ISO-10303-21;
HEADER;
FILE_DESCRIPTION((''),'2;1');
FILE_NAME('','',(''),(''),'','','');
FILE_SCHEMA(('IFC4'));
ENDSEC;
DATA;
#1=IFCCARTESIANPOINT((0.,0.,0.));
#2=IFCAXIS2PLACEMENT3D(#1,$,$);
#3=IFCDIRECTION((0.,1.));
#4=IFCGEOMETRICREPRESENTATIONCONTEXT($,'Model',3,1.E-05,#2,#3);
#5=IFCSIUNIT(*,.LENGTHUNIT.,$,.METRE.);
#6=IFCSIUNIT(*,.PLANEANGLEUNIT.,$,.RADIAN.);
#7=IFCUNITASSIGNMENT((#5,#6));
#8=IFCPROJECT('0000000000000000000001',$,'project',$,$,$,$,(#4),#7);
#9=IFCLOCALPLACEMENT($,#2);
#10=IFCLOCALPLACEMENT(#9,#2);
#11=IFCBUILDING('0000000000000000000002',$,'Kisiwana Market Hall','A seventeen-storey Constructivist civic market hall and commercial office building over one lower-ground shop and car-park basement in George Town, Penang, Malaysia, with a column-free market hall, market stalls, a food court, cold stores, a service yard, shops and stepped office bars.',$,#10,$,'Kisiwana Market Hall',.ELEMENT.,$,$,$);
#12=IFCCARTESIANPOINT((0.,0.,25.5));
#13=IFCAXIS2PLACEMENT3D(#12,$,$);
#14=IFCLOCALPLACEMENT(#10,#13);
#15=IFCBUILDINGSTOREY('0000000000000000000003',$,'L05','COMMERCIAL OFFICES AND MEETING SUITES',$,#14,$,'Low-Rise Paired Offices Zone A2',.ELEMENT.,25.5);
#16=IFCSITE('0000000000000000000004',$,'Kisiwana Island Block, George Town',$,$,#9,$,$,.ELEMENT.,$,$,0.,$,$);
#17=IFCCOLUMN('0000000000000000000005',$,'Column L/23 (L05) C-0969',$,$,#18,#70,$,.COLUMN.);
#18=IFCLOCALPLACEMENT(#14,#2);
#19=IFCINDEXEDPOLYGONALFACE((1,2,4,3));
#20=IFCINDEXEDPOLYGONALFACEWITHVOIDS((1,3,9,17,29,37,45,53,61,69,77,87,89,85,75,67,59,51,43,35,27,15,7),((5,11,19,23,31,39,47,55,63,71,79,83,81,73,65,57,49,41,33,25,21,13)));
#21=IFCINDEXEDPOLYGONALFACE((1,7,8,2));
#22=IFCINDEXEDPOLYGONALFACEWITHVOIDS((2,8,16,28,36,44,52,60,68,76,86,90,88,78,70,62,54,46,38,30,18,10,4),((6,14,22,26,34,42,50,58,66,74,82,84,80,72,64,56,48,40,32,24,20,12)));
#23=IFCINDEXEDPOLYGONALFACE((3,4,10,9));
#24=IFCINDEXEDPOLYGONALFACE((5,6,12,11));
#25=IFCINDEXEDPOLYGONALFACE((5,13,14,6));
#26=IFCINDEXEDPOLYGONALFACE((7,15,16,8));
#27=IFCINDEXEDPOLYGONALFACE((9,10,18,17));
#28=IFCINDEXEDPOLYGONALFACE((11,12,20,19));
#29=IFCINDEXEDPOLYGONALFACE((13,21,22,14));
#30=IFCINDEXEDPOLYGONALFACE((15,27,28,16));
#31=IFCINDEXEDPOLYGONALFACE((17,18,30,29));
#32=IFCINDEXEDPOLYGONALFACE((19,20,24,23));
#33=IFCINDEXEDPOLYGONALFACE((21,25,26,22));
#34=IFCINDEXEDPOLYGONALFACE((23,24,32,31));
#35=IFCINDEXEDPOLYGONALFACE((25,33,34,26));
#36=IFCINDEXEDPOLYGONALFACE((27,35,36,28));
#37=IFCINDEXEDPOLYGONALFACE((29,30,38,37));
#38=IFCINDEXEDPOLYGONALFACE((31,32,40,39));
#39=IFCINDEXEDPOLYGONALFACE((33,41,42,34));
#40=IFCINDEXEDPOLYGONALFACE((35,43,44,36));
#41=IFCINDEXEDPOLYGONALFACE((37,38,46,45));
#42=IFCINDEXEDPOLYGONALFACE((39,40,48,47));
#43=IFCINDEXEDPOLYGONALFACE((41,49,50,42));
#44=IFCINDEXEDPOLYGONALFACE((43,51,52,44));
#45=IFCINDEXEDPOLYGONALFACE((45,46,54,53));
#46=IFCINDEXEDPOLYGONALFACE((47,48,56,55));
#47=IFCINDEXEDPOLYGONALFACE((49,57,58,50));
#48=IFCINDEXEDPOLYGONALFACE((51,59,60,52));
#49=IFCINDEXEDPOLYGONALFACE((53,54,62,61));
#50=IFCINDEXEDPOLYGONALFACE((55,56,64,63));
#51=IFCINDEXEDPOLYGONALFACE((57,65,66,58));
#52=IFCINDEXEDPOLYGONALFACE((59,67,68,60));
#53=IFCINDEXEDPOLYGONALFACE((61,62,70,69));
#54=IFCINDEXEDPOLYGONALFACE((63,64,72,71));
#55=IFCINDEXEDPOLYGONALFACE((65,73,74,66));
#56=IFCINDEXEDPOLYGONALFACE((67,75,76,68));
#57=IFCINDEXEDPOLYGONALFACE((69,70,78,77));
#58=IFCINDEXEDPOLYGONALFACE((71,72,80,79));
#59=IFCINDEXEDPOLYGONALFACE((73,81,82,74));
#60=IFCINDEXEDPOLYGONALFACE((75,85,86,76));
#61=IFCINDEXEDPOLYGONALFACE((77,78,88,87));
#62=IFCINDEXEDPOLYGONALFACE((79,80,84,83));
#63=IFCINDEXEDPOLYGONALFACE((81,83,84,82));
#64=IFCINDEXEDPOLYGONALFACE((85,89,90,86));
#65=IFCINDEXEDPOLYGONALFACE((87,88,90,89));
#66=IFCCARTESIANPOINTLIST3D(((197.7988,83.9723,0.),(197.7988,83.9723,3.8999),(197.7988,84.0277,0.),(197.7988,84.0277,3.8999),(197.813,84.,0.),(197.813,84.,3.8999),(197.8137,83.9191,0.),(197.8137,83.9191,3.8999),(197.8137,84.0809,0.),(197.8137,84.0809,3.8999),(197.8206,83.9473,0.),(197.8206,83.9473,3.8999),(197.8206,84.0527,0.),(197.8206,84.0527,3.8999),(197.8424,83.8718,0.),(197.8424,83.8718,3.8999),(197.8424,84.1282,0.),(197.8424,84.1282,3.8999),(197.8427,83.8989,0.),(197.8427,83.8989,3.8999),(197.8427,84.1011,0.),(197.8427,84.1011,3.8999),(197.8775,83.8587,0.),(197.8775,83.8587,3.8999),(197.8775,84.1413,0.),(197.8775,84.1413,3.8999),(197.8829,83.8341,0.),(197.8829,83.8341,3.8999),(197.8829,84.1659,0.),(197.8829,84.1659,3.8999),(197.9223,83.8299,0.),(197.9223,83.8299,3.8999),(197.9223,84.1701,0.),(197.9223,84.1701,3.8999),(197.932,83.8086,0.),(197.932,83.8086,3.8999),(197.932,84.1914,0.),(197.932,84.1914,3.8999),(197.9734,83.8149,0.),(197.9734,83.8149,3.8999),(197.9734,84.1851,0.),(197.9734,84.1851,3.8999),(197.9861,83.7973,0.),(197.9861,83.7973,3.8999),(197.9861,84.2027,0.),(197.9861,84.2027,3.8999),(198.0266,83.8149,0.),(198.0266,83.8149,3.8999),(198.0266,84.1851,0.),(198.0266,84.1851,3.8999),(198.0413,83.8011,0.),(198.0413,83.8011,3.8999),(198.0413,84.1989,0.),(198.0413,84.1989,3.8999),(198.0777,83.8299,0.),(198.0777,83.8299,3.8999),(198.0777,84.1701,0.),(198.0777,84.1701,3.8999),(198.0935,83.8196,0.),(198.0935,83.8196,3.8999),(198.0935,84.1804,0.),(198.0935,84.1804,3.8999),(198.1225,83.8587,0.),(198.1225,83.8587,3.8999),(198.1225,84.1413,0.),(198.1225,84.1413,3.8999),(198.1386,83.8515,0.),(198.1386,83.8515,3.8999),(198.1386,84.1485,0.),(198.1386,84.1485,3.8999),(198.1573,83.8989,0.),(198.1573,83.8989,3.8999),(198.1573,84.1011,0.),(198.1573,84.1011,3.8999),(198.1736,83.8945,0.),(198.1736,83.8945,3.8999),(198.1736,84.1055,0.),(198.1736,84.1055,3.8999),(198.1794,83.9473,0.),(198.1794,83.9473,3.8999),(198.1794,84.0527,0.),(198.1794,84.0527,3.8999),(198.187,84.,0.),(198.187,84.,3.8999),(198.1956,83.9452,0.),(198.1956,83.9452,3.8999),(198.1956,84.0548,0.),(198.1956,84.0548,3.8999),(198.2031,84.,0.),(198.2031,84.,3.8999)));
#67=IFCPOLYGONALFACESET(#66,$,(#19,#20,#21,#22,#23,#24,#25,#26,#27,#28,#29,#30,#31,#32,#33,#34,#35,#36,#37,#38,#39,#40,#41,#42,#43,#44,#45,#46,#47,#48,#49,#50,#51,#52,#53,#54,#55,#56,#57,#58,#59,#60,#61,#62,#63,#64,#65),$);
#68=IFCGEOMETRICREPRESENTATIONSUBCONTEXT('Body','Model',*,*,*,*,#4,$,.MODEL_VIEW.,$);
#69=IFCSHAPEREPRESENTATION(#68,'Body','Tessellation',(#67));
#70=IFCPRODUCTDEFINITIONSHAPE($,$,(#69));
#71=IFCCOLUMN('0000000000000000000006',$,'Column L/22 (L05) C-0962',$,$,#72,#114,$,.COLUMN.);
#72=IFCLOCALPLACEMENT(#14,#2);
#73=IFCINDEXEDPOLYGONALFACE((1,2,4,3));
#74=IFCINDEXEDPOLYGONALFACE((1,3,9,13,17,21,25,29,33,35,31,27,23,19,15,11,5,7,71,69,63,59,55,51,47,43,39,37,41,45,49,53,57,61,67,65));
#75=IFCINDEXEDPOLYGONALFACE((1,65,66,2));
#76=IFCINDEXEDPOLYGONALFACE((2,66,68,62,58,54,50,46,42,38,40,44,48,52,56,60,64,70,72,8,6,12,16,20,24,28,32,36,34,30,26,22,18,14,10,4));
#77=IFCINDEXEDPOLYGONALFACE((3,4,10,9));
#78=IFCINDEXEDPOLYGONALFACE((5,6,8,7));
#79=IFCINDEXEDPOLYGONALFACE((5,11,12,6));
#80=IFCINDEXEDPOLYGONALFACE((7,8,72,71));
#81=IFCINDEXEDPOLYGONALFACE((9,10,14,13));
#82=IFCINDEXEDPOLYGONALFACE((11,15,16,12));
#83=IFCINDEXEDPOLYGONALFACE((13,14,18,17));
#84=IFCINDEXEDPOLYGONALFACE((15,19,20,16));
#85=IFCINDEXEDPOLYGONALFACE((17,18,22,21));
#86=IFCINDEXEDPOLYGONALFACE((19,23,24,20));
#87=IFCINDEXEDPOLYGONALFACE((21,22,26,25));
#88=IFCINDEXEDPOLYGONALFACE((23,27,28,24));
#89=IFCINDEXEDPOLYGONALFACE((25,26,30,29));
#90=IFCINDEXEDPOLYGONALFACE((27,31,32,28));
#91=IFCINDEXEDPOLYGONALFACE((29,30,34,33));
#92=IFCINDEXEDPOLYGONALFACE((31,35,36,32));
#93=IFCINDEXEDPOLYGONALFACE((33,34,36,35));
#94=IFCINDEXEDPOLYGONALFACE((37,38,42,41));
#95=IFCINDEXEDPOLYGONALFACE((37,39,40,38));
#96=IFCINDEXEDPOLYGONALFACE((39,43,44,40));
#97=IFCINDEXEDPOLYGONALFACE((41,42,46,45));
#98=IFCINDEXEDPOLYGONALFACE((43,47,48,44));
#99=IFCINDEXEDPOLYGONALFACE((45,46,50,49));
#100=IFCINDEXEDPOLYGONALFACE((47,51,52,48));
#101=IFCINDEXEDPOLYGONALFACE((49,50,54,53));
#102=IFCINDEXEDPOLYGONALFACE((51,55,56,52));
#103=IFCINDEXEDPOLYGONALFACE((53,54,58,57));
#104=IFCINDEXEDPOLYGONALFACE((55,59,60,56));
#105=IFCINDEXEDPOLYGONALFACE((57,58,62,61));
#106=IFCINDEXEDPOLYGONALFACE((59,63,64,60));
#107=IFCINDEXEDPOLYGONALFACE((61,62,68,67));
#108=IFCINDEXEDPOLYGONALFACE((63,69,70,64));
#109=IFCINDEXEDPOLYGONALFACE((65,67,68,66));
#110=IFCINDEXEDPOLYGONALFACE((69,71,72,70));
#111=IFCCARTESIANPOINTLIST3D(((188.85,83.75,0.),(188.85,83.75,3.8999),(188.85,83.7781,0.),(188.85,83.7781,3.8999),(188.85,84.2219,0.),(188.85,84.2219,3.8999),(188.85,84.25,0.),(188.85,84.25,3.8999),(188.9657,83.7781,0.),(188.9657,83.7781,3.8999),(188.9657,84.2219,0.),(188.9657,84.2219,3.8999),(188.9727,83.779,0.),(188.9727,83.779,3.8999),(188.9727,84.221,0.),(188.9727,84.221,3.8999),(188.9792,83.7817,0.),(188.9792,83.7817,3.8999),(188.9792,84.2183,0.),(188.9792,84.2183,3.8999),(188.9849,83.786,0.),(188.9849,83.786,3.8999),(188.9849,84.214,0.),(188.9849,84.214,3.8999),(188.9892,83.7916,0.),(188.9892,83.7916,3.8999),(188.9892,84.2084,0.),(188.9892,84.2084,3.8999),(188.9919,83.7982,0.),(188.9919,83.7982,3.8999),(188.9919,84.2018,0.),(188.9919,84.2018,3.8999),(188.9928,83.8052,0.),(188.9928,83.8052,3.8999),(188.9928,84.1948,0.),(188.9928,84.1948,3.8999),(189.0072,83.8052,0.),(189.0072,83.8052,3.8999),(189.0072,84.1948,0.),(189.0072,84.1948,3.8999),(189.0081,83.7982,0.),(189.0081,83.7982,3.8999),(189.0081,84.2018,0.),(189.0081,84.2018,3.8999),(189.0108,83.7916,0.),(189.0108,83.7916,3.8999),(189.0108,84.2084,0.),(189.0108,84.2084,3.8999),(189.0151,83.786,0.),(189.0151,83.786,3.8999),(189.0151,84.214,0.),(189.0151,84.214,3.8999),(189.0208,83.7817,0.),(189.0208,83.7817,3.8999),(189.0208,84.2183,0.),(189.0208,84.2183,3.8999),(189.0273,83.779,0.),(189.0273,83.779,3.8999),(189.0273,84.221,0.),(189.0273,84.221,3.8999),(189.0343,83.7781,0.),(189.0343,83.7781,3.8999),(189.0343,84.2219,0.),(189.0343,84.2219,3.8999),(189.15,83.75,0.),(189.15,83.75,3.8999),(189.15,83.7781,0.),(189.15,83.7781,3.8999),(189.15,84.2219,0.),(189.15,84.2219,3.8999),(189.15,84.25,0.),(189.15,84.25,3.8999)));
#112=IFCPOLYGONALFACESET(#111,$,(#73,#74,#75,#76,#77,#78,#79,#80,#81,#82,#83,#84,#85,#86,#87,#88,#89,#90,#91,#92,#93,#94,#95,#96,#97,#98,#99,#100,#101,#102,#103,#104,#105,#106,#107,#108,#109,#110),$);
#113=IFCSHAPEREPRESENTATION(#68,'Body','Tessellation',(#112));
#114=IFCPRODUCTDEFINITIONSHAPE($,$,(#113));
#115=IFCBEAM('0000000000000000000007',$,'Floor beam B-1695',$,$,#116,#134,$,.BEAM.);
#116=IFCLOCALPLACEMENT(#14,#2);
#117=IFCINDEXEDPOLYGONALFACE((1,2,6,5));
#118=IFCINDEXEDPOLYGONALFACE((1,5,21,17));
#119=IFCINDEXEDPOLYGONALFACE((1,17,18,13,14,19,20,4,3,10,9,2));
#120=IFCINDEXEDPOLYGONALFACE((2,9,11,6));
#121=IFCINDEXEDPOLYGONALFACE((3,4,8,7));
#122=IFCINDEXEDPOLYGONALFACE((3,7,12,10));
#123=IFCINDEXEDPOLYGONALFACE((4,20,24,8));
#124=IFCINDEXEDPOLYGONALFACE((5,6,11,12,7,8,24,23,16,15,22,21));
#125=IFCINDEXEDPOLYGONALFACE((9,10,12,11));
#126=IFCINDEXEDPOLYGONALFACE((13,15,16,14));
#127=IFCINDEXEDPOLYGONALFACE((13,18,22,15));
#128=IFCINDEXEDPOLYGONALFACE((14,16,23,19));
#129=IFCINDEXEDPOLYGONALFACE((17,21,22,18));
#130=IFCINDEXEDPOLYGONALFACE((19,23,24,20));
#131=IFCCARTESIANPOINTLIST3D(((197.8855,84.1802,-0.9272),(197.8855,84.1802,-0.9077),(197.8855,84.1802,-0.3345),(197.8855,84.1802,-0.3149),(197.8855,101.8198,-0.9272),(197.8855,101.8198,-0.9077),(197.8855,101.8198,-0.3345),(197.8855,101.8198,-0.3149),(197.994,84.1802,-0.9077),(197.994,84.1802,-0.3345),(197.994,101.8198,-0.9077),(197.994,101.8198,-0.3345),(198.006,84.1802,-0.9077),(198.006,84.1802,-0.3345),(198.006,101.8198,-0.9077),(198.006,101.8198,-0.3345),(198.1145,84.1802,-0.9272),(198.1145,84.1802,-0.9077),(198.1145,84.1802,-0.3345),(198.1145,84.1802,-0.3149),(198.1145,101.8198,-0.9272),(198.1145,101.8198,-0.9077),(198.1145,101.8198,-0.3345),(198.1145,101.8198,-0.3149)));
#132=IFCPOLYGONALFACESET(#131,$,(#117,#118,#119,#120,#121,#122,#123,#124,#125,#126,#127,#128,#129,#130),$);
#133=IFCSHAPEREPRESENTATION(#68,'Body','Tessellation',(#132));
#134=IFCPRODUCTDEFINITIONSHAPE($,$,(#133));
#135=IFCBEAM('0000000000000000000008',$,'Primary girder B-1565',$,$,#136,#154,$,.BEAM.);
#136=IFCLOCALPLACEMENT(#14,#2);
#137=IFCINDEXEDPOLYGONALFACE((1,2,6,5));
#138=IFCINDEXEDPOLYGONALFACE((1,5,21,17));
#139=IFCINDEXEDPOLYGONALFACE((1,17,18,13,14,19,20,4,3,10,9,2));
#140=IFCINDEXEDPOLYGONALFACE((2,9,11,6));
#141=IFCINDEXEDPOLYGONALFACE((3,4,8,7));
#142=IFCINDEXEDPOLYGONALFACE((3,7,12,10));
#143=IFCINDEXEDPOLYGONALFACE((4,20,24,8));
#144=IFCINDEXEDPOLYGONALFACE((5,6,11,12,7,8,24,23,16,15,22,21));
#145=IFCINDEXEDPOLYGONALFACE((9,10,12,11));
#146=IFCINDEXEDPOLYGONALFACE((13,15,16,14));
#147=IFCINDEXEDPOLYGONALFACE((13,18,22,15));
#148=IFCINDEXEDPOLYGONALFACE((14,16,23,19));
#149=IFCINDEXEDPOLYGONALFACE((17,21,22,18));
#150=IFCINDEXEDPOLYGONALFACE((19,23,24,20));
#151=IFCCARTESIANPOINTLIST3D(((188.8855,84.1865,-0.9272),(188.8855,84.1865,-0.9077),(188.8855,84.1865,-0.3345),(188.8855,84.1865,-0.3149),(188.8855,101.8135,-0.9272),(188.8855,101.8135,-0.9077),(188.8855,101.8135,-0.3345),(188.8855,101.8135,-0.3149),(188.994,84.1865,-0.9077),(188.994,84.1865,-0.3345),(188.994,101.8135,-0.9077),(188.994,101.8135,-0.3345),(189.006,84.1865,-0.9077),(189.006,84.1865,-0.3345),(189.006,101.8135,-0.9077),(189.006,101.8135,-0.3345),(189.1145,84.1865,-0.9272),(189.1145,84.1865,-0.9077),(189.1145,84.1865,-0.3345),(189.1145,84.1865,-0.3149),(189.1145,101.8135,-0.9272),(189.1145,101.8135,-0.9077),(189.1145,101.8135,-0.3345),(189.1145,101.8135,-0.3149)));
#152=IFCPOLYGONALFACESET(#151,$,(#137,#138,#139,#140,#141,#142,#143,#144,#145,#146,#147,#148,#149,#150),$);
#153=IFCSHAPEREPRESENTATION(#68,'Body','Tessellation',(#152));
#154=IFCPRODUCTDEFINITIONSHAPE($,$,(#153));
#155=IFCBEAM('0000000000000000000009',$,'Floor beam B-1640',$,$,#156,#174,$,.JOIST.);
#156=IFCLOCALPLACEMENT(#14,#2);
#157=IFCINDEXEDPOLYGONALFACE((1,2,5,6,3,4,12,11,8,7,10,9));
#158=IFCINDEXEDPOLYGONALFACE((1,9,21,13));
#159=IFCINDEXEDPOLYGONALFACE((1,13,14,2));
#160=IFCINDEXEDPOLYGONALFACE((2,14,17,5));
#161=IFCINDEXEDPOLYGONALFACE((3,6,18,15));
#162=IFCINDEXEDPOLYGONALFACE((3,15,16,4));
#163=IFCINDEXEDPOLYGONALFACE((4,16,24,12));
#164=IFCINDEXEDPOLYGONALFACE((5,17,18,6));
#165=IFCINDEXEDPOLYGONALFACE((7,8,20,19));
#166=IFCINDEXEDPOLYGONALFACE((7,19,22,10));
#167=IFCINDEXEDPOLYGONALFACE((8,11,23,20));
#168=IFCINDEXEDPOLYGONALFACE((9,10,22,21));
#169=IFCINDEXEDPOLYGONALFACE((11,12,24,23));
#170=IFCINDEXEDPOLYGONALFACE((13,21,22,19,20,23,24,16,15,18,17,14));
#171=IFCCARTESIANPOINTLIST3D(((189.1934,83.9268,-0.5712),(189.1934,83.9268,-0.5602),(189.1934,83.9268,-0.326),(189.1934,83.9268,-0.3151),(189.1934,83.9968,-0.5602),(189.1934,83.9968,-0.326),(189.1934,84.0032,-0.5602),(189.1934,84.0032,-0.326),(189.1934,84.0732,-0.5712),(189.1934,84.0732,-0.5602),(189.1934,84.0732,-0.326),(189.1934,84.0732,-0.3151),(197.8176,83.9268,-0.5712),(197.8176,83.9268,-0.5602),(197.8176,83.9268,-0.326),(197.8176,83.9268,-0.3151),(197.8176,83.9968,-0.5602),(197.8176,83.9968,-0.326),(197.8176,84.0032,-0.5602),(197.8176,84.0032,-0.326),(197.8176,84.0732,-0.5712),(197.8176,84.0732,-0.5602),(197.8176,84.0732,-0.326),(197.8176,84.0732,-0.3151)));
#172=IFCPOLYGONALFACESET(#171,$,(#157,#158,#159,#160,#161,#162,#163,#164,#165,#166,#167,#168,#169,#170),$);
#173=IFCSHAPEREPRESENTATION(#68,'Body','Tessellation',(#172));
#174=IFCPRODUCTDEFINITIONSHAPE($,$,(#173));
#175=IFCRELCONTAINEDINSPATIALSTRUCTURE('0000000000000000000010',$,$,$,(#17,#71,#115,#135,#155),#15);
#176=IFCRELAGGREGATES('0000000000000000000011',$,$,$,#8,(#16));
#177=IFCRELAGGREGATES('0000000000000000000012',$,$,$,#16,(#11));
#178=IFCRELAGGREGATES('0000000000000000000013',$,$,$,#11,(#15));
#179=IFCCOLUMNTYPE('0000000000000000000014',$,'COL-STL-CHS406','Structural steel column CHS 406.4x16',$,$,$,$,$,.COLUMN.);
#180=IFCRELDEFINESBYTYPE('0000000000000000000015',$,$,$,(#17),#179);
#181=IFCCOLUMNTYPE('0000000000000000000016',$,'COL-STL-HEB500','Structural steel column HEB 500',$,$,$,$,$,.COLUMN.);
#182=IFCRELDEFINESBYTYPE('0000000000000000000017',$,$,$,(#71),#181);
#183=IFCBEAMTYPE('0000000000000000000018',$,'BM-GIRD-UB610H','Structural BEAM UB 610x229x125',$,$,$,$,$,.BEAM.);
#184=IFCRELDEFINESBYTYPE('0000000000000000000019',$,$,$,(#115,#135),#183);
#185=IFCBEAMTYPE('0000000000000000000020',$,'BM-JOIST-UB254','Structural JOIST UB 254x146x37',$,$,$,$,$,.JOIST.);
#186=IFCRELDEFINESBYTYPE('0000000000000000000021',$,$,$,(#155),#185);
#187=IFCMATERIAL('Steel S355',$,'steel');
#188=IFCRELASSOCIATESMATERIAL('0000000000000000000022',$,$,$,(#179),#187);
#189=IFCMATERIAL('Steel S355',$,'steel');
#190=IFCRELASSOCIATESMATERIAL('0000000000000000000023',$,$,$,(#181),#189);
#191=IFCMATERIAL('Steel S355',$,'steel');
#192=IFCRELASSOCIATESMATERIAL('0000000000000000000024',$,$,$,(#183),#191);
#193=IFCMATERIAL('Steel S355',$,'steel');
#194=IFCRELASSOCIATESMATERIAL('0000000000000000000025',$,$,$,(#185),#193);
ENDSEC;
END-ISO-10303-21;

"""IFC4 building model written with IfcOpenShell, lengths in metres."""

from ifc_helpers import new_model, si_unit, direction, frame, origin, origin_2d, place, context, subcontext, project, spatial, hollow_circle, i_section, extrude, material, material_profile, profile_set, type_object, element, save


model = new_model("IFC4")

# Units and contexts
model_context = context("Model", 3, precision=1e-05, world=origin(), true_north=direction((0.0, 1.0)))
body_context = subcontext(model_context, "Body", "Model", "MODEL_VIEW")
ifc_project = project(units=[si_unit("LENGTHUNIT", "METRE"), si_unit("PLANEANGLEUNIT", "RADIAN")], contexts=[model_context])

# Site, building, storey
site_placement = place(None, origin())
site = spatial("IfcSite", under=ifc_project, at=site_placement, Name="Kisiwana Island Block, George Town", CompositionType="ELEMENT", RefElevation=0.0)
building_placement = place(site_placement, origin())
building = spatial("IfcBuilding", under=site, at=building_placement, Name="Kisiwana Market Hall", Description="A seventeen-storey Constructivist civic market hall and commercial office building over one lower-ground shop and car-park basement in George Town, Penang, Malaysia, with a column-free market hall, market stalls, a food court, cold stores, a service yard, shops and stepped office bars.", LongName="Kisiwana Market Hall", CompositionType="ELEMENT")
storey_placement = place(building_placement, frame((0.0, 0.0, 25.5)))
storey = spatial("IfcBuildingStorey", under=building, at=storey_placement, Name="L05", Description="COMMERCIAL OFFICES AND MEETING SUITES", LongName="Low-Rise Paired Offices Zone A2", CompositionType="ELEMENT", Elevation=25.5)

# Columns
ifc_material_1 = material(Name="Steel S355", Category="steel")
ifc_material_profile_1 = material_profile(ifc_material_1, hollow_circle(Radius=0.2031, WallThickness=0.0161, at=origin_2d()), Name="CHS 406.4x16")
ifc_profile_set_1 = profile_set([ifc_material_profile_1], Name="Steel S355")
column_type_1 = type_object("IfcColumnType", Name="COL-STL-CHS406", Description="Structural steel column CHS 406.4x16", PredefinedType="COLUMN", material=ifc_profile_set_1)
column_1_placement = place(storey_placement, frame((198.0, 84.0, 0.0), z_axis=(0.0, 0.0, 1.0), x_axis=(1.0, 0.0, 0.0)))
element("IfcColumn", 1, at=column_1_placement, inside=storey, type_object=column_type_1, Name="Column L/23 (L05) C-0969", PredefinedType="COLUMN", context=body_context, shape_type="SweptSolid", body=[
    extrude(hollow_circle(Radius=0.2031, WallThickness=0.0161, at=origin_2d()), origin(), (0.0, 0.0, 1.0), 3.8999),
])
ifc_material_2 = material(Name="Steel S355", Category="steel")
ifc_material_profile_2 = material_profile(ifc_material_2, i_section(OverallWidth=0.3, OverallDepth=0.5, WebThickness=0.0144, FlangeThickness=0.0281, FilletRadius=0.0271, at=origin_2d()), Name="HEB 500")
ifc_profile_set_2 = profile_set([ifc_material_profile_2], Name="Steel S355")
column_type_2 = type_object("IfcColumnType", Name="COL-STL-HEB500", Description="Structural steel column HEB 500", PredefinedType="COLUMN", material=ifc_profile_set_2)
column_2_placement = place(storey_placement, frame((189.0, 84.0, 0.0), z_axis=(0.0, 0.0, 1.0), x_axis=(1.0, 0.0, 0.0)))
element("IfcColumn", 2, at=column_2_placement, inside=storey, type_object=column_type_2, Name="Column L/22 (L05) C-0962", PredefinedType="COLUMN", context=body_context, shape_type="SweptSolid", body=[
    extrude(i_section(OverallWidth=0.3, OverallDepth=0.5, WebThickness=0.0144, FlangeThickness=0.0281, FilletRadius=0.0271, at=origin_2d()), origin(), (0.0, 0.0, 1.0), 3.8999),
])

# Beams
ifc_material_3 = material(Name="Steel S355", Category="steel")
ifc_material_profile_3 = material_profile(ifc_material_3, i_section(OverallWidth=0.229, OverallDepth=0.6123, WebThickness=0.012, FlangeThickness=0.0195, at=origin_2d()), Name="UB 610x229x125")
ifc_profile_set_3 = profile_set([ifc_material_profile_3], Name="Steel S355")
beam_type_1 = type_object("IfcBeamType", Name="BM-GIRD-UB610H", Description="Structural BEAM UB 610x229x125", PredefinedType="BEAM", material=ifc_profile_set_3)
beam_1_placement = place(storey_placement, frame((198.0, 84.1802, -0.6211), z_axis=(0.0, 1.0, 0.0), x_axis=(-1.0, 0.0, 0.0)))
element("IfcBeam", 3, at=beam_1_placement, inside=storey, type_object=beam_type_1, Name="Floor beam B-1695", PredefinedType="BEAM", context=body_context, shape_type="SweptSolid", body=[
    extrude(i_section(OverallWidth=0.229, OverallDepth=0.6123, WebThickness=0.012, FlangeThickness=0.0195, at=origin_2d()), origin(), (0.0, 0.0, 1.0), 17.6396),
])
beam_2_placement = place(storey_placement, frame((189.0, 84.1865, -0.6211), z_axis=(0.0, 1.0, 0.0), x_axis=(-1.0, 0.0, 0.0)))
element("IfcBeam", 4, at=beam_2_placement, inside=storey, type_object=beam_type_1, Name="Primary girder B-1565", PredefinedType="BEAM", context=body_context, shape_type="SweptSolid", body=[
    extrude(i_section(OverallWidth=0.229, OverallDepth=0.6123, WebThickness=0.012, FlangeThickness=0.0195, at=origin_2d()), origin(), (0.0, 0.0, 1.0), 17.627),
])
ifc_material_4 = material(Name="Steel S355", Category="steel")
ifc_material_profile_4 = material_profile(ifc_material_4, i_section(OverallWidth=0.1465, OverallDepth=0.2561, WebThickness=0.0063, FlangeThickness=0.011, at=origin_2d()), Name="UB 254x146x37")
ifc_profile_set_4 = profile_set([ifc_material_profile_4], Name="Steel S355")
beam_type_2 = type_object("IfcBeamType", Name="BM-JOIST-UB254", Description="Structural JOIST UB 254x146x37", PredefinedType="JOIST", material=ifc_profile_set_4)
beam_3_placement = place(storey_placement, frame((189.1934, 84.0, -0.4431), z_axis=(1.0, 0.0, 0.0), x_axis=(0.0, 1.0, 0.0)))
element("IfcBeam", 5, at=beam_3_placement, inside=storey, type_object=beam_type_2, Name="Floor beam B-1640", PredefinedType="JOIST", context=body_context, shape_type="SweptSolid", body=[
    extrude(i_section(OverallWidth=0.1465, OverallDepth=0.2561, WebThickness=0.0063, FlangeThickness=0.011, at=origin_2d()), origin(), (0.0, 0.0, 1.0), 8.6243),
])

save(model, "model.ifc")
